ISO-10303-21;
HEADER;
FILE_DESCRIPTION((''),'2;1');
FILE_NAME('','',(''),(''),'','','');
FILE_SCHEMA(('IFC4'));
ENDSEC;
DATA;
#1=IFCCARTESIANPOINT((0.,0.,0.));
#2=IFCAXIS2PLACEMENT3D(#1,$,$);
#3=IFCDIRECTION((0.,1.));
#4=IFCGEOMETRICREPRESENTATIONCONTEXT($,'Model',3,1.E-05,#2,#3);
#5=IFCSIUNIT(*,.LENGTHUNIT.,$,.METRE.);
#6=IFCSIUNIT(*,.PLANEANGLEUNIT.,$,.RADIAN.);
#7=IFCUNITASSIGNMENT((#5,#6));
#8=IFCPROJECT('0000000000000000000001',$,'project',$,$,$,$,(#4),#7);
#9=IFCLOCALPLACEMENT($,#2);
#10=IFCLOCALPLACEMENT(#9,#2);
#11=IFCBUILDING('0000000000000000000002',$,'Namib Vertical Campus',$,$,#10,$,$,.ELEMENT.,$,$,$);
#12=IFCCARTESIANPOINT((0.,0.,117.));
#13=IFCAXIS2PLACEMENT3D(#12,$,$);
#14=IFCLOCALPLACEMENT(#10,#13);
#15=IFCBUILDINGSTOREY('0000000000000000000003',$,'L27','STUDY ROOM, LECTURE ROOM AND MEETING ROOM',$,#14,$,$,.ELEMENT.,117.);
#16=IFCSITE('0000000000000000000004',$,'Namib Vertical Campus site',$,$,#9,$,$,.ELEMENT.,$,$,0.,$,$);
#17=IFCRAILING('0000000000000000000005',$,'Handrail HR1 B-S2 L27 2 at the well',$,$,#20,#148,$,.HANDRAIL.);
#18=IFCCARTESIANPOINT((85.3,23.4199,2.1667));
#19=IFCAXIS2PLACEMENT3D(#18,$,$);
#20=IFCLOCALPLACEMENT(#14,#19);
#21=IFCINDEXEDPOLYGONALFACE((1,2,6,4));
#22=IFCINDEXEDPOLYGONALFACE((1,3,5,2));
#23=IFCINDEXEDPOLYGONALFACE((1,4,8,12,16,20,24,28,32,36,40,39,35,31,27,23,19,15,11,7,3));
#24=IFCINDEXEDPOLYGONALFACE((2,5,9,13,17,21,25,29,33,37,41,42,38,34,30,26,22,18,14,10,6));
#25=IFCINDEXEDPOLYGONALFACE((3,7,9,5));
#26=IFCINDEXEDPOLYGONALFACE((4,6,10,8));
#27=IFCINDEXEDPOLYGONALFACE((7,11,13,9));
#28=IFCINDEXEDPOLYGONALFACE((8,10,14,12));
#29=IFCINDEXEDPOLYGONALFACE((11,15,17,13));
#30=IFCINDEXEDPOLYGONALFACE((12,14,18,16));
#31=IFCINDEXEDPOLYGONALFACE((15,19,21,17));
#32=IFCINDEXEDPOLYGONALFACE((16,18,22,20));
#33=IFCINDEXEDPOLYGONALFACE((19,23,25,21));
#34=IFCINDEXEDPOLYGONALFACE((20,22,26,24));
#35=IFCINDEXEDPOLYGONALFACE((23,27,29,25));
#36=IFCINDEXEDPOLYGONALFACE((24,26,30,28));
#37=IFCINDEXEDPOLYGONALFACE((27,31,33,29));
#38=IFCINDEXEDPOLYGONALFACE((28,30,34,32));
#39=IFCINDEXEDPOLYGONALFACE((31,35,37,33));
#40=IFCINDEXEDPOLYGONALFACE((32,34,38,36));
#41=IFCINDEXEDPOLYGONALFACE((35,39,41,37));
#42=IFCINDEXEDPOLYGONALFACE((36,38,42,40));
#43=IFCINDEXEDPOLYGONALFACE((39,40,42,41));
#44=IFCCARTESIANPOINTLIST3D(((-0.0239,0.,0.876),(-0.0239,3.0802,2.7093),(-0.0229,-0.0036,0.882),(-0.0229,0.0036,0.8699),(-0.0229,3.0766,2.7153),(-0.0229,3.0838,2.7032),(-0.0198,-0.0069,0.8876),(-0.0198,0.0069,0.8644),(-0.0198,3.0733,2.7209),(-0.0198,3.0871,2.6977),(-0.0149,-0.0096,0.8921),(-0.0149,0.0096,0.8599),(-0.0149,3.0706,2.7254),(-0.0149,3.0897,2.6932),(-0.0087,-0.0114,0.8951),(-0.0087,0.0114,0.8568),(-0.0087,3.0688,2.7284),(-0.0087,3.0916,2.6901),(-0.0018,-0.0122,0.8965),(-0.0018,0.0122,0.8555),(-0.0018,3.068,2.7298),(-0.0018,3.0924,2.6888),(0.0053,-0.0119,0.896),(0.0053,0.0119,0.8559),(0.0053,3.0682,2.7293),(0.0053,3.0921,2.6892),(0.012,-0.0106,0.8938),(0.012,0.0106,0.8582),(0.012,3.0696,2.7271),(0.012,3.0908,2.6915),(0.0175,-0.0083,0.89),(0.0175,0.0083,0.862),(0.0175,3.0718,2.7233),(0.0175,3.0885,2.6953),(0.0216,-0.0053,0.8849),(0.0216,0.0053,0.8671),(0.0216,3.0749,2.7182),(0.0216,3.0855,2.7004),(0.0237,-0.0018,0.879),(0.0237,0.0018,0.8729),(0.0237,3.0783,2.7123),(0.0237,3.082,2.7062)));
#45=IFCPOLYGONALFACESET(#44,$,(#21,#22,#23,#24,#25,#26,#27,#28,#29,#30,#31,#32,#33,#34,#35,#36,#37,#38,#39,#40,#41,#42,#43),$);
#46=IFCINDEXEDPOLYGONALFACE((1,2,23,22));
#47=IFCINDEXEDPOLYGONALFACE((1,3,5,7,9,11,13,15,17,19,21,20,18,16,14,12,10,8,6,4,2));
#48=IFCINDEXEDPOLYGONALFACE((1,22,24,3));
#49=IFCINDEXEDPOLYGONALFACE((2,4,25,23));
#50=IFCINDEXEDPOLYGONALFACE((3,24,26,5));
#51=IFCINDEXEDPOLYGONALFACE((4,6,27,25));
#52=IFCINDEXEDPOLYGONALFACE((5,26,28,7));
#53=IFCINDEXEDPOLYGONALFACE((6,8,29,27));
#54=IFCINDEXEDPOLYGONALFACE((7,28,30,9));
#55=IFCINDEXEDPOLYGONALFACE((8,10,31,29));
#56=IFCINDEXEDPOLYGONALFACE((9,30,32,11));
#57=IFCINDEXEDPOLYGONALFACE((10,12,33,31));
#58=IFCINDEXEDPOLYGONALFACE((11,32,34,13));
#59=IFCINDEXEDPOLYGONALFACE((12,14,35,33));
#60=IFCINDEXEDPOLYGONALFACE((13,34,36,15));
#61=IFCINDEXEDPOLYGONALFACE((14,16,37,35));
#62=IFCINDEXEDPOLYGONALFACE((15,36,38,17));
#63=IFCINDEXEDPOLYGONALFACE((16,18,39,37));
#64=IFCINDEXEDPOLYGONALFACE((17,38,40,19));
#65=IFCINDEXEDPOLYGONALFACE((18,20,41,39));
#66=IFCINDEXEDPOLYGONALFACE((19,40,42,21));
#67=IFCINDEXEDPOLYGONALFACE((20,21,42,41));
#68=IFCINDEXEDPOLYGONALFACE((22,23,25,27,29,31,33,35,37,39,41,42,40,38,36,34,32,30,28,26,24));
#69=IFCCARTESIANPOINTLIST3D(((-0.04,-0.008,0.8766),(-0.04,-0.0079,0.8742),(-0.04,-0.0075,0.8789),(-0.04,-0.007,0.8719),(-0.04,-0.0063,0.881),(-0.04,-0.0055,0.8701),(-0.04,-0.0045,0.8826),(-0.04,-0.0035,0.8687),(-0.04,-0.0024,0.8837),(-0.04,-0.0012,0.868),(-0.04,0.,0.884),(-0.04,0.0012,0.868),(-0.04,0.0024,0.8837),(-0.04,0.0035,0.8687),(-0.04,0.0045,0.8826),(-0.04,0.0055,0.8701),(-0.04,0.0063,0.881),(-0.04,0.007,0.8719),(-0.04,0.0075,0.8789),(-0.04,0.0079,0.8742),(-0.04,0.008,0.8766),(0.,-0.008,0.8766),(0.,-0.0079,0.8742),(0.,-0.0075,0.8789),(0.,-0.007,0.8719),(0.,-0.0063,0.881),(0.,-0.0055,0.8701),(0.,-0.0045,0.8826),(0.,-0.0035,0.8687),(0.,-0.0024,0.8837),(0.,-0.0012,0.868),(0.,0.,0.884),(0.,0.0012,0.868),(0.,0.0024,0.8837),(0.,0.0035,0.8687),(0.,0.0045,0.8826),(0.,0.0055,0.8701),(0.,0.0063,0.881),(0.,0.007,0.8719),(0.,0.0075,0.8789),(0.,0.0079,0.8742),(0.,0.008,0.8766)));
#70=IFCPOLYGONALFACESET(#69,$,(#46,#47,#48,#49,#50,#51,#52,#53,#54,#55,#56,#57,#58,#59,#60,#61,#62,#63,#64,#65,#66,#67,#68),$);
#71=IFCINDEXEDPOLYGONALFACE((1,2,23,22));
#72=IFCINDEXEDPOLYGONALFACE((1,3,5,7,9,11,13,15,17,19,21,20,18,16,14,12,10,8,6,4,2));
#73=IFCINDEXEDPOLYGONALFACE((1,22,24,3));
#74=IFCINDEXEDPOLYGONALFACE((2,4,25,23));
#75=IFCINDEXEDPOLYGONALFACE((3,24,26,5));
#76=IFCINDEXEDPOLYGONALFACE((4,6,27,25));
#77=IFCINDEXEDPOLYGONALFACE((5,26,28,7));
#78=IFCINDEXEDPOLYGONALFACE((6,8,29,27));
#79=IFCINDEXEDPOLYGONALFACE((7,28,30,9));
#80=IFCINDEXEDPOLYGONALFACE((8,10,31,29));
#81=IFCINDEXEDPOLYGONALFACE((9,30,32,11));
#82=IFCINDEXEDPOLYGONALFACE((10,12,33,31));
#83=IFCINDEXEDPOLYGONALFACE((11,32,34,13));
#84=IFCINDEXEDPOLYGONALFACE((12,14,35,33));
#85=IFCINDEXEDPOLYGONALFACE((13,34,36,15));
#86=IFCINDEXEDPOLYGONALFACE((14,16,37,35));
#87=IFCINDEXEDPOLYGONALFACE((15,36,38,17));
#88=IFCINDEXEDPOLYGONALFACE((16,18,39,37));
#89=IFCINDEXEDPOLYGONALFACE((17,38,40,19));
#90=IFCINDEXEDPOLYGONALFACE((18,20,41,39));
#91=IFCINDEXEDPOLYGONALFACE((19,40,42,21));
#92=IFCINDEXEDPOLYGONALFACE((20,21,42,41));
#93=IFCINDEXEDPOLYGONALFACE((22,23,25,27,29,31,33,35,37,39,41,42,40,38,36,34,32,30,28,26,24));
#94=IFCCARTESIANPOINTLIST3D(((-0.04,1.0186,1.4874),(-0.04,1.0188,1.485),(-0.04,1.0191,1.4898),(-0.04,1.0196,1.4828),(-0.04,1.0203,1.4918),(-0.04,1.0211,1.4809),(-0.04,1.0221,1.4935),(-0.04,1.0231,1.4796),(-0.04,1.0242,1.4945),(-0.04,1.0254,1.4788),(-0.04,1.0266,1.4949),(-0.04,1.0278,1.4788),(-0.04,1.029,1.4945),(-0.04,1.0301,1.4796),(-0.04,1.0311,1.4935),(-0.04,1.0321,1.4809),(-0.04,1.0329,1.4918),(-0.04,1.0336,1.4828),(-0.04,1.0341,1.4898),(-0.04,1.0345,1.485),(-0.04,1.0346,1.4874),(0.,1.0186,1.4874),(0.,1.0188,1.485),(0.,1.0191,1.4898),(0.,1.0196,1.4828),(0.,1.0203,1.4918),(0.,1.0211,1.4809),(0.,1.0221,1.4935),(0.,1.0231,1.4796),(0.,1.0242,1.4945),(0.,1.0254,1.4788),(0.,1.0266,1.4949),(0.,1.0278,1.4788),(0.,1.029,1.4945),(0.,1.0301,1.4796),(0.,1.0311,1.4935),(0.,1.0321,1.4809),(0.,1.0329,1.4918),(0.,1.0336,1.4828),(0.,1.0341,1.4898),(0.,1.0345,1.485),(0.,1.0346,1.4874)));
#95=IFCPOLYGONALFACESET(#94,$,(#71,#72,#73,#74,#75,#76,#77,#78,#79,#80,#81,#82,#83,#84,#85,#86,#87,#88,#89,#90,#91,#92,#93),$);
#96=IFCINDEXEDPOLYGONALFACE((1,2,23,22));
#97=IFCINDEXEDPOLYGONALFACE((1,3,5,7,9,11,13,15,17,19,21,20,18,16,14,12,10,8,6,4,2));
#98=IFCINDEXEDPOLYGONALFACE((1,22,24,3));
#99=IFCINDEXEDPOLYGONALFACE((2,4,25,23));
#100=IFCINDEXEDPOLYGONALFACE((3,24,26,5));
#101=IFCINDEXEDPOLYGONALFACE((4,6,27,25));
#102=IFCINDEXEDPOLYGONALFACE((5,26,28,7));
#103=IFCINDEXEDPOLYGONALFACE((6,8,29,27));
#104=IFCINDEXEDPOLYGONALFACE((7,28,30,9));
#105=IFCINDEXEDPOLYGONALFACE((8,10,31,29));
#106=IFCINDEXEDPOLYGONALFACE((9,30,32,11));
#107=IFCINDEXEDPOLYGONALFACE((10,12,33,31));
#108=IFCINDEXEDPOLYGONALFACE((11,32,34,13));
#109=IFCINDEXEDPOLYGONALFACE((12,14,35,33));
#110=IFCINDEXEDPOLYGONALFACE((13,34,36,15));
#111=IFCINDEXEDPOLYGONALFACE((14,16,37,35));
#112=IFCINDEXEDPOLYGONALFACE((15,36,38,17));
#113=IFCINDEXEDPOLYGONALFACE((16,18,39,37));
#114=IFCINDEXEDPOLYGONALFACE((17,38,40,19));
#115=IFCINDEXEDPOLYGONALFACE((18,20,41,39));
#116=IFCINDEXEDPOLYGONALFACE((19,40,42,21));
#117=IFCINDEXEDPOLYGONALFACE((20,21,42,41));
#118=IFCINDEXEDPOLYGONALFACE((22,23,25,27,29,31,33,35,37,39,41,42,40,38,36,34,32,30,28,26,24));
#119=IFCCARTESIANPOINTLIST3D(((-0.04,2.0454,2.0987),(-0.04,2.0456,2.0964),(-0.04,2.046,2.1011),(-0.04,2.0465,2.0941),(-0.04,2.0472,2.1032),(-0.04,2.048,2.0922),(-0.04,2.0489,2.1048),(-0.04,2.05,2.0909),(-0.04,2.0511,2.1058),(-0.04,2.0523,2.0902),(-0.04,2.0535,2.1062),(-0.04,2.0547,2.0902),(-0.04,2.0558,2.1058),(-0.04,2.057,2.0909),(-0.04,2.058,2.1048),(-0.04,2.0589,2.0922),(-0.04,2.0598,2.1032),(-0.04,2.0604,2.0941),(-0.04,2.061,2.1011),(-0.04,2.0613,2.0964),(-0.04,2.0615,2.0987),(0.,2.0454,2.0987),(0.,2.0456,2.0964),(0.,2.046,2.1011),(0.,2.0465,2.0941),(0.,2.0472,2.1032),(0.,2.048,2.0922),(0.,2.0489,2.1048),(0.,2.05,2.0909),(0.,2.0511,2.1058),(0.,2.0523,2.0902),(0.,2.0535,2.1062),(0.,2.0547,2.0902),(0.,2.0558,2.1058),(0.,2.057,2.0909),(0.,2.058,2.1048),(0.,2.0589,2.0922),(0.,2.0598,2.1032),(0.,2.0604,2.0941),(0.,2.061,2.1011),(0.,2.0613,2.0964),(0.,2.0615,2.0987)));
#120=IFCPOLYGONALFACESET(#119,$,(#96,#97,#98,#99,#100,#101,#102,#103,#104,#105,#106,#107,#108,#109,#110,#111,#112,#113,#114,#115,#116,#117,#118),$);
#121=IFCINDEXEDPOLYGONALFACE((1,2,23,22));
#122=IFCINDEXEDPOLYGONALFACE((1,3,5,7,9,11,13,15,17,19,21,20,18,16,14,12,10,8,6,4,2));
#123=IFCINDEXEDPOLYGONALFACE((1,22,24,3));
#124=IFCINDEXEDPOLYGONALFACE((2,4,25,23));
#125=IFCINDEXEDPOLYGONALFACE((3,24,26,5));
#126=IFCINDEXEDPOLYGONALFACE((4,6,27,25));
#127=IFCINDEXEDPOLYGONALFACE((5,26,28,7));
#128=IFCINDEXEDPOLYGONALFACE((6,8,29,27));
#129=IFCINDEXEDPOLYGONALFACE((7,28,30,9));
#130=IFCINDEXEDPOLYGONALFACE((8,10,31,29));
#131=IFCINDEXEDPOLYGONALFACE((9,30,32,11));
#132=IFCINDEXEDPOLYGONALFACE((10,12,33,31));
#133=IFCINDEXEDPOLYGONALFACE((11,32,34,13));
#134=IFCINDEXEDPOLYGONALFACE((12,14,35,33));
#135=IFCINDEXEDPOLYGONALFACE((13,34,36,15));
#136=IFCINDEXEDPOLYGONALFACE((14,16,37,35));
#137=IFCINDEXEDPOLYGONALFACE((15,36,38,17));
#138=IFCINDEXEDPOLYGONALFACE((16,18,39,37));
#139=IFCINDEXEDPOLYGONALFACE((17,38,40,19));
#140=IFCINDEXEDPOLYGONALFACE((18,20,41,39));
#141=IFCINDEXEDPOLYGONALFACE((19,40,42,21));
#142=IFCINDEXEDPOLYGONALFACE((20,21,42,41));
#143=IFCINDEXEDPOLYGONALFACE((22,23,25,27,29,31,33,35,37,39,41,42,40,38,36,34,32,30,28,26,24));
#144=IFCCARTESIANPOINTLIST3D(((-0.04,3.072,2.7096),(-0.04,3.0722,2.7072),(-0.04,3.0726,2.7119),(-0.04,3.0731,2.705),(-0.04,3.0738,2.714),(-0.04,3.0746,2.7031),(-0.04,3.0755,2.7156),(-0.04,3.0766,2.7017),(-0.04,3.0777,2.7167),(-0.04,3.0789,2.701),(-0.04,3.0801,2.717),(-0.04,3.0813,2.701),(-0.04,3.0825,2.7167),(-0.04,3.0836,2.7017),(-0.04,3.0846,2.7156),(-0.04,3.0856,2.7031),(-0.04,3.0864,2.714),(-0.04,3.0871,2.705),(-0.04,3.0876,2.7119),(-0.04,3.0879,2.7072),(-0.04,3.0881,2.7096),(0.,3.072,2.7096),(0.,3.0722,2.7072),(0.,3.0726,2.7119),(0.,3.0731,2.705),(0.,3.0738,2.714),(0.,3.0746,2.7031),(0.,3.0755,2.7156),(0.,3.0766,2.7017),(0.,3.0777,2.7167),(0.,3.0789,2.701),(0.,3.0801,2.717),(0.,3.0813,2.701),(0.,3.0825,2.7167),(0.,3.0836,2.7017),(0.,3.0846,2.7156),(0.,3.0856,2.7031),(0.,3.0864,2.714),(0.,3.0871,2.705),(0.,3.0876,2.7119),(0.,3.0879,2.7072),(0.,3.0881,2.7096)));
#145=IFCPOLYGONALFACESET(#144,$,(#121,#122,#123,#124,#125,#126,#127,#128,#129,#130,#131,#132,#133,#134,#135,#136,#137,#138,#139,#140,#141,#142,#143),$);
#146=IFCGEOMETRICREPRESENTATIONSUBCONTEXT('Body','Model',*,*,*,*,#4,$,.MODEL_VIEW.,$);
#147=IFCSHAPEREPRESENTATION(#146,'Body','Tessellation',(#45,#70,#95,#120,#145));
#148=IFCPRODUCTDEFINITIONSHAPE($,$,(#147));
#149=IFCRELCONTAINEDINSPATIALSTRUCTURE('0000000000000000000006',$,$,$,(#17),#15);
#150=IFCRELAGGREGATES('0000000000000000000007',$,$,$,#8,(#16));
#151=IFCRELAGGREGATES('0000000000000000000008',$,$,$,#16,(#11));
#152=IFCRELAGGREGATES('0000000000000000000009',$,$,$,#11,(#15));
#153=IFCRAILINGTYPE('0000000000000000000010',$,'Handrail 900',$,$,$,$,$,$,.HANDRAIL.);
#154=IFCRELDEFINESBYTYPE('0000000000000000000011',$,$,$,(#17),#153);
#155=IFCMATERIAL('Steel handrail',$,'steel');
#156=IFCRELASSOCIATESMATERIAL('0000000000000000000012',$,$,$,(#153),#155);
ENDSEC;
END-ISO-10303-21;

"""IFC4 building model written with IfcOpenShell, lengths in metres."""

from ifc_helpers import new_model, si_unit, direction, frame, origin, origin_2d, place, context, subcontext, project, spatial, circle, extrude, material, type_object, element, save


model = new_model("IFC4")

# Units and contexts
model_context = context("Model", 3, precision=1e-05, world=origin(), true_north=direction((0.0, 1.0)))
body_context = subcontext(model_context, "Body", "Model", "MODEL_VIEW")
ifc_project = project(units=[si_unit("LENGTHUNIT", "METRE"), si_unit("PLANEANGLEUNIT", "RADIAN")], contexts=[model_context])

# Site, building, storey
site_placement = place(None, origin())
site = spatial("IfcSite", under=ifc_project, at=site_placement, Name="Namib Vertical Campus site", CompositionType="ELEMENT", RefElevation=0.0)
building_placement = place(site_placement, origin())
building = spatial("IfcBuilding", under=site, at=building_placement, Name="Namib Vertical Campus", CompositionType="ELEMENT")
storey_placement = place(building_placement, frame((0.0, 0.0, 117.0)))
storey = spatial("IfcBuildingStorey", under=building, at=storey_placement, Name="L27", Description="STUDY ROOM, LECTURE ROOM AND MEETING ROOM", CompositionType="ELEMENT", Elevation=117.0)

# Railing
ifc_material_1 = material(Name="Steel handrail", Category="steel")
railing_type = type_object("IfcRailingType", Name="Handrail 900", PredefinedType="HANDRAIL", material=ifc_material_1)
railing_placement = place(storey_placement, frame((85.3, 23.4199, 2.1667)))
element("IfcRailing", 1, at=railing_placement, inside=storey, type_object=railing_type, Name="Handrail HR1 B-S2 L27 2 at the well", PredefinedType="HANDRAIL", context=body_context, shape_type="SweptSolid", body=[
    extrude(circle(Radius=0.0239, at=origin_2d()), frame((0.0, 0.0, 0.876), z_axis=(0.0, 0.859309, 0.511458), x_axis=(-1.0, 0.0, 0.0)), (0.0, 0.0, 1.0), 3.5845),
    extrude(circle(Radius=0.0081, at=origin_2d()), frame((0.0, 0.0, 0.876), z_axis=(-1.0, 0.0, 0.0), x_axis=(0.0, 0.0, 1.0)), (0.0, 0.0, 1.0), 0.04),
    extrude(circle(Radius=0.0081, at=origin_2d()), frame((0.0, 1.0266, 1.4868), z_axis=(-1.0, 0.0, 0.0), x_axis=(0.0, 0.0, 1.0)), (0.0, 0.0, 1.0), 0.04),
    extrude(circle(Radius=0.0081, at=origin_2d()), frame((0.0, 2.0535, 2.0981), z_axis=(-1.0, 0.0, 0.0), x_axis=(0.0, 0.0, 1.0)), (0.0, 0.0, 1.0), 0.04),
    extrude(circle(Radius=0.0081, at=origin_2d()), frame((0.0, 3.0801, 2.709), z_axis=(-1.0, 0.0, 0.0), x_axis=(0.0, 0.0, 1.0)), (0.0, 0.0, 1.0), 0.04),
])

save(model, "model.ifc")
